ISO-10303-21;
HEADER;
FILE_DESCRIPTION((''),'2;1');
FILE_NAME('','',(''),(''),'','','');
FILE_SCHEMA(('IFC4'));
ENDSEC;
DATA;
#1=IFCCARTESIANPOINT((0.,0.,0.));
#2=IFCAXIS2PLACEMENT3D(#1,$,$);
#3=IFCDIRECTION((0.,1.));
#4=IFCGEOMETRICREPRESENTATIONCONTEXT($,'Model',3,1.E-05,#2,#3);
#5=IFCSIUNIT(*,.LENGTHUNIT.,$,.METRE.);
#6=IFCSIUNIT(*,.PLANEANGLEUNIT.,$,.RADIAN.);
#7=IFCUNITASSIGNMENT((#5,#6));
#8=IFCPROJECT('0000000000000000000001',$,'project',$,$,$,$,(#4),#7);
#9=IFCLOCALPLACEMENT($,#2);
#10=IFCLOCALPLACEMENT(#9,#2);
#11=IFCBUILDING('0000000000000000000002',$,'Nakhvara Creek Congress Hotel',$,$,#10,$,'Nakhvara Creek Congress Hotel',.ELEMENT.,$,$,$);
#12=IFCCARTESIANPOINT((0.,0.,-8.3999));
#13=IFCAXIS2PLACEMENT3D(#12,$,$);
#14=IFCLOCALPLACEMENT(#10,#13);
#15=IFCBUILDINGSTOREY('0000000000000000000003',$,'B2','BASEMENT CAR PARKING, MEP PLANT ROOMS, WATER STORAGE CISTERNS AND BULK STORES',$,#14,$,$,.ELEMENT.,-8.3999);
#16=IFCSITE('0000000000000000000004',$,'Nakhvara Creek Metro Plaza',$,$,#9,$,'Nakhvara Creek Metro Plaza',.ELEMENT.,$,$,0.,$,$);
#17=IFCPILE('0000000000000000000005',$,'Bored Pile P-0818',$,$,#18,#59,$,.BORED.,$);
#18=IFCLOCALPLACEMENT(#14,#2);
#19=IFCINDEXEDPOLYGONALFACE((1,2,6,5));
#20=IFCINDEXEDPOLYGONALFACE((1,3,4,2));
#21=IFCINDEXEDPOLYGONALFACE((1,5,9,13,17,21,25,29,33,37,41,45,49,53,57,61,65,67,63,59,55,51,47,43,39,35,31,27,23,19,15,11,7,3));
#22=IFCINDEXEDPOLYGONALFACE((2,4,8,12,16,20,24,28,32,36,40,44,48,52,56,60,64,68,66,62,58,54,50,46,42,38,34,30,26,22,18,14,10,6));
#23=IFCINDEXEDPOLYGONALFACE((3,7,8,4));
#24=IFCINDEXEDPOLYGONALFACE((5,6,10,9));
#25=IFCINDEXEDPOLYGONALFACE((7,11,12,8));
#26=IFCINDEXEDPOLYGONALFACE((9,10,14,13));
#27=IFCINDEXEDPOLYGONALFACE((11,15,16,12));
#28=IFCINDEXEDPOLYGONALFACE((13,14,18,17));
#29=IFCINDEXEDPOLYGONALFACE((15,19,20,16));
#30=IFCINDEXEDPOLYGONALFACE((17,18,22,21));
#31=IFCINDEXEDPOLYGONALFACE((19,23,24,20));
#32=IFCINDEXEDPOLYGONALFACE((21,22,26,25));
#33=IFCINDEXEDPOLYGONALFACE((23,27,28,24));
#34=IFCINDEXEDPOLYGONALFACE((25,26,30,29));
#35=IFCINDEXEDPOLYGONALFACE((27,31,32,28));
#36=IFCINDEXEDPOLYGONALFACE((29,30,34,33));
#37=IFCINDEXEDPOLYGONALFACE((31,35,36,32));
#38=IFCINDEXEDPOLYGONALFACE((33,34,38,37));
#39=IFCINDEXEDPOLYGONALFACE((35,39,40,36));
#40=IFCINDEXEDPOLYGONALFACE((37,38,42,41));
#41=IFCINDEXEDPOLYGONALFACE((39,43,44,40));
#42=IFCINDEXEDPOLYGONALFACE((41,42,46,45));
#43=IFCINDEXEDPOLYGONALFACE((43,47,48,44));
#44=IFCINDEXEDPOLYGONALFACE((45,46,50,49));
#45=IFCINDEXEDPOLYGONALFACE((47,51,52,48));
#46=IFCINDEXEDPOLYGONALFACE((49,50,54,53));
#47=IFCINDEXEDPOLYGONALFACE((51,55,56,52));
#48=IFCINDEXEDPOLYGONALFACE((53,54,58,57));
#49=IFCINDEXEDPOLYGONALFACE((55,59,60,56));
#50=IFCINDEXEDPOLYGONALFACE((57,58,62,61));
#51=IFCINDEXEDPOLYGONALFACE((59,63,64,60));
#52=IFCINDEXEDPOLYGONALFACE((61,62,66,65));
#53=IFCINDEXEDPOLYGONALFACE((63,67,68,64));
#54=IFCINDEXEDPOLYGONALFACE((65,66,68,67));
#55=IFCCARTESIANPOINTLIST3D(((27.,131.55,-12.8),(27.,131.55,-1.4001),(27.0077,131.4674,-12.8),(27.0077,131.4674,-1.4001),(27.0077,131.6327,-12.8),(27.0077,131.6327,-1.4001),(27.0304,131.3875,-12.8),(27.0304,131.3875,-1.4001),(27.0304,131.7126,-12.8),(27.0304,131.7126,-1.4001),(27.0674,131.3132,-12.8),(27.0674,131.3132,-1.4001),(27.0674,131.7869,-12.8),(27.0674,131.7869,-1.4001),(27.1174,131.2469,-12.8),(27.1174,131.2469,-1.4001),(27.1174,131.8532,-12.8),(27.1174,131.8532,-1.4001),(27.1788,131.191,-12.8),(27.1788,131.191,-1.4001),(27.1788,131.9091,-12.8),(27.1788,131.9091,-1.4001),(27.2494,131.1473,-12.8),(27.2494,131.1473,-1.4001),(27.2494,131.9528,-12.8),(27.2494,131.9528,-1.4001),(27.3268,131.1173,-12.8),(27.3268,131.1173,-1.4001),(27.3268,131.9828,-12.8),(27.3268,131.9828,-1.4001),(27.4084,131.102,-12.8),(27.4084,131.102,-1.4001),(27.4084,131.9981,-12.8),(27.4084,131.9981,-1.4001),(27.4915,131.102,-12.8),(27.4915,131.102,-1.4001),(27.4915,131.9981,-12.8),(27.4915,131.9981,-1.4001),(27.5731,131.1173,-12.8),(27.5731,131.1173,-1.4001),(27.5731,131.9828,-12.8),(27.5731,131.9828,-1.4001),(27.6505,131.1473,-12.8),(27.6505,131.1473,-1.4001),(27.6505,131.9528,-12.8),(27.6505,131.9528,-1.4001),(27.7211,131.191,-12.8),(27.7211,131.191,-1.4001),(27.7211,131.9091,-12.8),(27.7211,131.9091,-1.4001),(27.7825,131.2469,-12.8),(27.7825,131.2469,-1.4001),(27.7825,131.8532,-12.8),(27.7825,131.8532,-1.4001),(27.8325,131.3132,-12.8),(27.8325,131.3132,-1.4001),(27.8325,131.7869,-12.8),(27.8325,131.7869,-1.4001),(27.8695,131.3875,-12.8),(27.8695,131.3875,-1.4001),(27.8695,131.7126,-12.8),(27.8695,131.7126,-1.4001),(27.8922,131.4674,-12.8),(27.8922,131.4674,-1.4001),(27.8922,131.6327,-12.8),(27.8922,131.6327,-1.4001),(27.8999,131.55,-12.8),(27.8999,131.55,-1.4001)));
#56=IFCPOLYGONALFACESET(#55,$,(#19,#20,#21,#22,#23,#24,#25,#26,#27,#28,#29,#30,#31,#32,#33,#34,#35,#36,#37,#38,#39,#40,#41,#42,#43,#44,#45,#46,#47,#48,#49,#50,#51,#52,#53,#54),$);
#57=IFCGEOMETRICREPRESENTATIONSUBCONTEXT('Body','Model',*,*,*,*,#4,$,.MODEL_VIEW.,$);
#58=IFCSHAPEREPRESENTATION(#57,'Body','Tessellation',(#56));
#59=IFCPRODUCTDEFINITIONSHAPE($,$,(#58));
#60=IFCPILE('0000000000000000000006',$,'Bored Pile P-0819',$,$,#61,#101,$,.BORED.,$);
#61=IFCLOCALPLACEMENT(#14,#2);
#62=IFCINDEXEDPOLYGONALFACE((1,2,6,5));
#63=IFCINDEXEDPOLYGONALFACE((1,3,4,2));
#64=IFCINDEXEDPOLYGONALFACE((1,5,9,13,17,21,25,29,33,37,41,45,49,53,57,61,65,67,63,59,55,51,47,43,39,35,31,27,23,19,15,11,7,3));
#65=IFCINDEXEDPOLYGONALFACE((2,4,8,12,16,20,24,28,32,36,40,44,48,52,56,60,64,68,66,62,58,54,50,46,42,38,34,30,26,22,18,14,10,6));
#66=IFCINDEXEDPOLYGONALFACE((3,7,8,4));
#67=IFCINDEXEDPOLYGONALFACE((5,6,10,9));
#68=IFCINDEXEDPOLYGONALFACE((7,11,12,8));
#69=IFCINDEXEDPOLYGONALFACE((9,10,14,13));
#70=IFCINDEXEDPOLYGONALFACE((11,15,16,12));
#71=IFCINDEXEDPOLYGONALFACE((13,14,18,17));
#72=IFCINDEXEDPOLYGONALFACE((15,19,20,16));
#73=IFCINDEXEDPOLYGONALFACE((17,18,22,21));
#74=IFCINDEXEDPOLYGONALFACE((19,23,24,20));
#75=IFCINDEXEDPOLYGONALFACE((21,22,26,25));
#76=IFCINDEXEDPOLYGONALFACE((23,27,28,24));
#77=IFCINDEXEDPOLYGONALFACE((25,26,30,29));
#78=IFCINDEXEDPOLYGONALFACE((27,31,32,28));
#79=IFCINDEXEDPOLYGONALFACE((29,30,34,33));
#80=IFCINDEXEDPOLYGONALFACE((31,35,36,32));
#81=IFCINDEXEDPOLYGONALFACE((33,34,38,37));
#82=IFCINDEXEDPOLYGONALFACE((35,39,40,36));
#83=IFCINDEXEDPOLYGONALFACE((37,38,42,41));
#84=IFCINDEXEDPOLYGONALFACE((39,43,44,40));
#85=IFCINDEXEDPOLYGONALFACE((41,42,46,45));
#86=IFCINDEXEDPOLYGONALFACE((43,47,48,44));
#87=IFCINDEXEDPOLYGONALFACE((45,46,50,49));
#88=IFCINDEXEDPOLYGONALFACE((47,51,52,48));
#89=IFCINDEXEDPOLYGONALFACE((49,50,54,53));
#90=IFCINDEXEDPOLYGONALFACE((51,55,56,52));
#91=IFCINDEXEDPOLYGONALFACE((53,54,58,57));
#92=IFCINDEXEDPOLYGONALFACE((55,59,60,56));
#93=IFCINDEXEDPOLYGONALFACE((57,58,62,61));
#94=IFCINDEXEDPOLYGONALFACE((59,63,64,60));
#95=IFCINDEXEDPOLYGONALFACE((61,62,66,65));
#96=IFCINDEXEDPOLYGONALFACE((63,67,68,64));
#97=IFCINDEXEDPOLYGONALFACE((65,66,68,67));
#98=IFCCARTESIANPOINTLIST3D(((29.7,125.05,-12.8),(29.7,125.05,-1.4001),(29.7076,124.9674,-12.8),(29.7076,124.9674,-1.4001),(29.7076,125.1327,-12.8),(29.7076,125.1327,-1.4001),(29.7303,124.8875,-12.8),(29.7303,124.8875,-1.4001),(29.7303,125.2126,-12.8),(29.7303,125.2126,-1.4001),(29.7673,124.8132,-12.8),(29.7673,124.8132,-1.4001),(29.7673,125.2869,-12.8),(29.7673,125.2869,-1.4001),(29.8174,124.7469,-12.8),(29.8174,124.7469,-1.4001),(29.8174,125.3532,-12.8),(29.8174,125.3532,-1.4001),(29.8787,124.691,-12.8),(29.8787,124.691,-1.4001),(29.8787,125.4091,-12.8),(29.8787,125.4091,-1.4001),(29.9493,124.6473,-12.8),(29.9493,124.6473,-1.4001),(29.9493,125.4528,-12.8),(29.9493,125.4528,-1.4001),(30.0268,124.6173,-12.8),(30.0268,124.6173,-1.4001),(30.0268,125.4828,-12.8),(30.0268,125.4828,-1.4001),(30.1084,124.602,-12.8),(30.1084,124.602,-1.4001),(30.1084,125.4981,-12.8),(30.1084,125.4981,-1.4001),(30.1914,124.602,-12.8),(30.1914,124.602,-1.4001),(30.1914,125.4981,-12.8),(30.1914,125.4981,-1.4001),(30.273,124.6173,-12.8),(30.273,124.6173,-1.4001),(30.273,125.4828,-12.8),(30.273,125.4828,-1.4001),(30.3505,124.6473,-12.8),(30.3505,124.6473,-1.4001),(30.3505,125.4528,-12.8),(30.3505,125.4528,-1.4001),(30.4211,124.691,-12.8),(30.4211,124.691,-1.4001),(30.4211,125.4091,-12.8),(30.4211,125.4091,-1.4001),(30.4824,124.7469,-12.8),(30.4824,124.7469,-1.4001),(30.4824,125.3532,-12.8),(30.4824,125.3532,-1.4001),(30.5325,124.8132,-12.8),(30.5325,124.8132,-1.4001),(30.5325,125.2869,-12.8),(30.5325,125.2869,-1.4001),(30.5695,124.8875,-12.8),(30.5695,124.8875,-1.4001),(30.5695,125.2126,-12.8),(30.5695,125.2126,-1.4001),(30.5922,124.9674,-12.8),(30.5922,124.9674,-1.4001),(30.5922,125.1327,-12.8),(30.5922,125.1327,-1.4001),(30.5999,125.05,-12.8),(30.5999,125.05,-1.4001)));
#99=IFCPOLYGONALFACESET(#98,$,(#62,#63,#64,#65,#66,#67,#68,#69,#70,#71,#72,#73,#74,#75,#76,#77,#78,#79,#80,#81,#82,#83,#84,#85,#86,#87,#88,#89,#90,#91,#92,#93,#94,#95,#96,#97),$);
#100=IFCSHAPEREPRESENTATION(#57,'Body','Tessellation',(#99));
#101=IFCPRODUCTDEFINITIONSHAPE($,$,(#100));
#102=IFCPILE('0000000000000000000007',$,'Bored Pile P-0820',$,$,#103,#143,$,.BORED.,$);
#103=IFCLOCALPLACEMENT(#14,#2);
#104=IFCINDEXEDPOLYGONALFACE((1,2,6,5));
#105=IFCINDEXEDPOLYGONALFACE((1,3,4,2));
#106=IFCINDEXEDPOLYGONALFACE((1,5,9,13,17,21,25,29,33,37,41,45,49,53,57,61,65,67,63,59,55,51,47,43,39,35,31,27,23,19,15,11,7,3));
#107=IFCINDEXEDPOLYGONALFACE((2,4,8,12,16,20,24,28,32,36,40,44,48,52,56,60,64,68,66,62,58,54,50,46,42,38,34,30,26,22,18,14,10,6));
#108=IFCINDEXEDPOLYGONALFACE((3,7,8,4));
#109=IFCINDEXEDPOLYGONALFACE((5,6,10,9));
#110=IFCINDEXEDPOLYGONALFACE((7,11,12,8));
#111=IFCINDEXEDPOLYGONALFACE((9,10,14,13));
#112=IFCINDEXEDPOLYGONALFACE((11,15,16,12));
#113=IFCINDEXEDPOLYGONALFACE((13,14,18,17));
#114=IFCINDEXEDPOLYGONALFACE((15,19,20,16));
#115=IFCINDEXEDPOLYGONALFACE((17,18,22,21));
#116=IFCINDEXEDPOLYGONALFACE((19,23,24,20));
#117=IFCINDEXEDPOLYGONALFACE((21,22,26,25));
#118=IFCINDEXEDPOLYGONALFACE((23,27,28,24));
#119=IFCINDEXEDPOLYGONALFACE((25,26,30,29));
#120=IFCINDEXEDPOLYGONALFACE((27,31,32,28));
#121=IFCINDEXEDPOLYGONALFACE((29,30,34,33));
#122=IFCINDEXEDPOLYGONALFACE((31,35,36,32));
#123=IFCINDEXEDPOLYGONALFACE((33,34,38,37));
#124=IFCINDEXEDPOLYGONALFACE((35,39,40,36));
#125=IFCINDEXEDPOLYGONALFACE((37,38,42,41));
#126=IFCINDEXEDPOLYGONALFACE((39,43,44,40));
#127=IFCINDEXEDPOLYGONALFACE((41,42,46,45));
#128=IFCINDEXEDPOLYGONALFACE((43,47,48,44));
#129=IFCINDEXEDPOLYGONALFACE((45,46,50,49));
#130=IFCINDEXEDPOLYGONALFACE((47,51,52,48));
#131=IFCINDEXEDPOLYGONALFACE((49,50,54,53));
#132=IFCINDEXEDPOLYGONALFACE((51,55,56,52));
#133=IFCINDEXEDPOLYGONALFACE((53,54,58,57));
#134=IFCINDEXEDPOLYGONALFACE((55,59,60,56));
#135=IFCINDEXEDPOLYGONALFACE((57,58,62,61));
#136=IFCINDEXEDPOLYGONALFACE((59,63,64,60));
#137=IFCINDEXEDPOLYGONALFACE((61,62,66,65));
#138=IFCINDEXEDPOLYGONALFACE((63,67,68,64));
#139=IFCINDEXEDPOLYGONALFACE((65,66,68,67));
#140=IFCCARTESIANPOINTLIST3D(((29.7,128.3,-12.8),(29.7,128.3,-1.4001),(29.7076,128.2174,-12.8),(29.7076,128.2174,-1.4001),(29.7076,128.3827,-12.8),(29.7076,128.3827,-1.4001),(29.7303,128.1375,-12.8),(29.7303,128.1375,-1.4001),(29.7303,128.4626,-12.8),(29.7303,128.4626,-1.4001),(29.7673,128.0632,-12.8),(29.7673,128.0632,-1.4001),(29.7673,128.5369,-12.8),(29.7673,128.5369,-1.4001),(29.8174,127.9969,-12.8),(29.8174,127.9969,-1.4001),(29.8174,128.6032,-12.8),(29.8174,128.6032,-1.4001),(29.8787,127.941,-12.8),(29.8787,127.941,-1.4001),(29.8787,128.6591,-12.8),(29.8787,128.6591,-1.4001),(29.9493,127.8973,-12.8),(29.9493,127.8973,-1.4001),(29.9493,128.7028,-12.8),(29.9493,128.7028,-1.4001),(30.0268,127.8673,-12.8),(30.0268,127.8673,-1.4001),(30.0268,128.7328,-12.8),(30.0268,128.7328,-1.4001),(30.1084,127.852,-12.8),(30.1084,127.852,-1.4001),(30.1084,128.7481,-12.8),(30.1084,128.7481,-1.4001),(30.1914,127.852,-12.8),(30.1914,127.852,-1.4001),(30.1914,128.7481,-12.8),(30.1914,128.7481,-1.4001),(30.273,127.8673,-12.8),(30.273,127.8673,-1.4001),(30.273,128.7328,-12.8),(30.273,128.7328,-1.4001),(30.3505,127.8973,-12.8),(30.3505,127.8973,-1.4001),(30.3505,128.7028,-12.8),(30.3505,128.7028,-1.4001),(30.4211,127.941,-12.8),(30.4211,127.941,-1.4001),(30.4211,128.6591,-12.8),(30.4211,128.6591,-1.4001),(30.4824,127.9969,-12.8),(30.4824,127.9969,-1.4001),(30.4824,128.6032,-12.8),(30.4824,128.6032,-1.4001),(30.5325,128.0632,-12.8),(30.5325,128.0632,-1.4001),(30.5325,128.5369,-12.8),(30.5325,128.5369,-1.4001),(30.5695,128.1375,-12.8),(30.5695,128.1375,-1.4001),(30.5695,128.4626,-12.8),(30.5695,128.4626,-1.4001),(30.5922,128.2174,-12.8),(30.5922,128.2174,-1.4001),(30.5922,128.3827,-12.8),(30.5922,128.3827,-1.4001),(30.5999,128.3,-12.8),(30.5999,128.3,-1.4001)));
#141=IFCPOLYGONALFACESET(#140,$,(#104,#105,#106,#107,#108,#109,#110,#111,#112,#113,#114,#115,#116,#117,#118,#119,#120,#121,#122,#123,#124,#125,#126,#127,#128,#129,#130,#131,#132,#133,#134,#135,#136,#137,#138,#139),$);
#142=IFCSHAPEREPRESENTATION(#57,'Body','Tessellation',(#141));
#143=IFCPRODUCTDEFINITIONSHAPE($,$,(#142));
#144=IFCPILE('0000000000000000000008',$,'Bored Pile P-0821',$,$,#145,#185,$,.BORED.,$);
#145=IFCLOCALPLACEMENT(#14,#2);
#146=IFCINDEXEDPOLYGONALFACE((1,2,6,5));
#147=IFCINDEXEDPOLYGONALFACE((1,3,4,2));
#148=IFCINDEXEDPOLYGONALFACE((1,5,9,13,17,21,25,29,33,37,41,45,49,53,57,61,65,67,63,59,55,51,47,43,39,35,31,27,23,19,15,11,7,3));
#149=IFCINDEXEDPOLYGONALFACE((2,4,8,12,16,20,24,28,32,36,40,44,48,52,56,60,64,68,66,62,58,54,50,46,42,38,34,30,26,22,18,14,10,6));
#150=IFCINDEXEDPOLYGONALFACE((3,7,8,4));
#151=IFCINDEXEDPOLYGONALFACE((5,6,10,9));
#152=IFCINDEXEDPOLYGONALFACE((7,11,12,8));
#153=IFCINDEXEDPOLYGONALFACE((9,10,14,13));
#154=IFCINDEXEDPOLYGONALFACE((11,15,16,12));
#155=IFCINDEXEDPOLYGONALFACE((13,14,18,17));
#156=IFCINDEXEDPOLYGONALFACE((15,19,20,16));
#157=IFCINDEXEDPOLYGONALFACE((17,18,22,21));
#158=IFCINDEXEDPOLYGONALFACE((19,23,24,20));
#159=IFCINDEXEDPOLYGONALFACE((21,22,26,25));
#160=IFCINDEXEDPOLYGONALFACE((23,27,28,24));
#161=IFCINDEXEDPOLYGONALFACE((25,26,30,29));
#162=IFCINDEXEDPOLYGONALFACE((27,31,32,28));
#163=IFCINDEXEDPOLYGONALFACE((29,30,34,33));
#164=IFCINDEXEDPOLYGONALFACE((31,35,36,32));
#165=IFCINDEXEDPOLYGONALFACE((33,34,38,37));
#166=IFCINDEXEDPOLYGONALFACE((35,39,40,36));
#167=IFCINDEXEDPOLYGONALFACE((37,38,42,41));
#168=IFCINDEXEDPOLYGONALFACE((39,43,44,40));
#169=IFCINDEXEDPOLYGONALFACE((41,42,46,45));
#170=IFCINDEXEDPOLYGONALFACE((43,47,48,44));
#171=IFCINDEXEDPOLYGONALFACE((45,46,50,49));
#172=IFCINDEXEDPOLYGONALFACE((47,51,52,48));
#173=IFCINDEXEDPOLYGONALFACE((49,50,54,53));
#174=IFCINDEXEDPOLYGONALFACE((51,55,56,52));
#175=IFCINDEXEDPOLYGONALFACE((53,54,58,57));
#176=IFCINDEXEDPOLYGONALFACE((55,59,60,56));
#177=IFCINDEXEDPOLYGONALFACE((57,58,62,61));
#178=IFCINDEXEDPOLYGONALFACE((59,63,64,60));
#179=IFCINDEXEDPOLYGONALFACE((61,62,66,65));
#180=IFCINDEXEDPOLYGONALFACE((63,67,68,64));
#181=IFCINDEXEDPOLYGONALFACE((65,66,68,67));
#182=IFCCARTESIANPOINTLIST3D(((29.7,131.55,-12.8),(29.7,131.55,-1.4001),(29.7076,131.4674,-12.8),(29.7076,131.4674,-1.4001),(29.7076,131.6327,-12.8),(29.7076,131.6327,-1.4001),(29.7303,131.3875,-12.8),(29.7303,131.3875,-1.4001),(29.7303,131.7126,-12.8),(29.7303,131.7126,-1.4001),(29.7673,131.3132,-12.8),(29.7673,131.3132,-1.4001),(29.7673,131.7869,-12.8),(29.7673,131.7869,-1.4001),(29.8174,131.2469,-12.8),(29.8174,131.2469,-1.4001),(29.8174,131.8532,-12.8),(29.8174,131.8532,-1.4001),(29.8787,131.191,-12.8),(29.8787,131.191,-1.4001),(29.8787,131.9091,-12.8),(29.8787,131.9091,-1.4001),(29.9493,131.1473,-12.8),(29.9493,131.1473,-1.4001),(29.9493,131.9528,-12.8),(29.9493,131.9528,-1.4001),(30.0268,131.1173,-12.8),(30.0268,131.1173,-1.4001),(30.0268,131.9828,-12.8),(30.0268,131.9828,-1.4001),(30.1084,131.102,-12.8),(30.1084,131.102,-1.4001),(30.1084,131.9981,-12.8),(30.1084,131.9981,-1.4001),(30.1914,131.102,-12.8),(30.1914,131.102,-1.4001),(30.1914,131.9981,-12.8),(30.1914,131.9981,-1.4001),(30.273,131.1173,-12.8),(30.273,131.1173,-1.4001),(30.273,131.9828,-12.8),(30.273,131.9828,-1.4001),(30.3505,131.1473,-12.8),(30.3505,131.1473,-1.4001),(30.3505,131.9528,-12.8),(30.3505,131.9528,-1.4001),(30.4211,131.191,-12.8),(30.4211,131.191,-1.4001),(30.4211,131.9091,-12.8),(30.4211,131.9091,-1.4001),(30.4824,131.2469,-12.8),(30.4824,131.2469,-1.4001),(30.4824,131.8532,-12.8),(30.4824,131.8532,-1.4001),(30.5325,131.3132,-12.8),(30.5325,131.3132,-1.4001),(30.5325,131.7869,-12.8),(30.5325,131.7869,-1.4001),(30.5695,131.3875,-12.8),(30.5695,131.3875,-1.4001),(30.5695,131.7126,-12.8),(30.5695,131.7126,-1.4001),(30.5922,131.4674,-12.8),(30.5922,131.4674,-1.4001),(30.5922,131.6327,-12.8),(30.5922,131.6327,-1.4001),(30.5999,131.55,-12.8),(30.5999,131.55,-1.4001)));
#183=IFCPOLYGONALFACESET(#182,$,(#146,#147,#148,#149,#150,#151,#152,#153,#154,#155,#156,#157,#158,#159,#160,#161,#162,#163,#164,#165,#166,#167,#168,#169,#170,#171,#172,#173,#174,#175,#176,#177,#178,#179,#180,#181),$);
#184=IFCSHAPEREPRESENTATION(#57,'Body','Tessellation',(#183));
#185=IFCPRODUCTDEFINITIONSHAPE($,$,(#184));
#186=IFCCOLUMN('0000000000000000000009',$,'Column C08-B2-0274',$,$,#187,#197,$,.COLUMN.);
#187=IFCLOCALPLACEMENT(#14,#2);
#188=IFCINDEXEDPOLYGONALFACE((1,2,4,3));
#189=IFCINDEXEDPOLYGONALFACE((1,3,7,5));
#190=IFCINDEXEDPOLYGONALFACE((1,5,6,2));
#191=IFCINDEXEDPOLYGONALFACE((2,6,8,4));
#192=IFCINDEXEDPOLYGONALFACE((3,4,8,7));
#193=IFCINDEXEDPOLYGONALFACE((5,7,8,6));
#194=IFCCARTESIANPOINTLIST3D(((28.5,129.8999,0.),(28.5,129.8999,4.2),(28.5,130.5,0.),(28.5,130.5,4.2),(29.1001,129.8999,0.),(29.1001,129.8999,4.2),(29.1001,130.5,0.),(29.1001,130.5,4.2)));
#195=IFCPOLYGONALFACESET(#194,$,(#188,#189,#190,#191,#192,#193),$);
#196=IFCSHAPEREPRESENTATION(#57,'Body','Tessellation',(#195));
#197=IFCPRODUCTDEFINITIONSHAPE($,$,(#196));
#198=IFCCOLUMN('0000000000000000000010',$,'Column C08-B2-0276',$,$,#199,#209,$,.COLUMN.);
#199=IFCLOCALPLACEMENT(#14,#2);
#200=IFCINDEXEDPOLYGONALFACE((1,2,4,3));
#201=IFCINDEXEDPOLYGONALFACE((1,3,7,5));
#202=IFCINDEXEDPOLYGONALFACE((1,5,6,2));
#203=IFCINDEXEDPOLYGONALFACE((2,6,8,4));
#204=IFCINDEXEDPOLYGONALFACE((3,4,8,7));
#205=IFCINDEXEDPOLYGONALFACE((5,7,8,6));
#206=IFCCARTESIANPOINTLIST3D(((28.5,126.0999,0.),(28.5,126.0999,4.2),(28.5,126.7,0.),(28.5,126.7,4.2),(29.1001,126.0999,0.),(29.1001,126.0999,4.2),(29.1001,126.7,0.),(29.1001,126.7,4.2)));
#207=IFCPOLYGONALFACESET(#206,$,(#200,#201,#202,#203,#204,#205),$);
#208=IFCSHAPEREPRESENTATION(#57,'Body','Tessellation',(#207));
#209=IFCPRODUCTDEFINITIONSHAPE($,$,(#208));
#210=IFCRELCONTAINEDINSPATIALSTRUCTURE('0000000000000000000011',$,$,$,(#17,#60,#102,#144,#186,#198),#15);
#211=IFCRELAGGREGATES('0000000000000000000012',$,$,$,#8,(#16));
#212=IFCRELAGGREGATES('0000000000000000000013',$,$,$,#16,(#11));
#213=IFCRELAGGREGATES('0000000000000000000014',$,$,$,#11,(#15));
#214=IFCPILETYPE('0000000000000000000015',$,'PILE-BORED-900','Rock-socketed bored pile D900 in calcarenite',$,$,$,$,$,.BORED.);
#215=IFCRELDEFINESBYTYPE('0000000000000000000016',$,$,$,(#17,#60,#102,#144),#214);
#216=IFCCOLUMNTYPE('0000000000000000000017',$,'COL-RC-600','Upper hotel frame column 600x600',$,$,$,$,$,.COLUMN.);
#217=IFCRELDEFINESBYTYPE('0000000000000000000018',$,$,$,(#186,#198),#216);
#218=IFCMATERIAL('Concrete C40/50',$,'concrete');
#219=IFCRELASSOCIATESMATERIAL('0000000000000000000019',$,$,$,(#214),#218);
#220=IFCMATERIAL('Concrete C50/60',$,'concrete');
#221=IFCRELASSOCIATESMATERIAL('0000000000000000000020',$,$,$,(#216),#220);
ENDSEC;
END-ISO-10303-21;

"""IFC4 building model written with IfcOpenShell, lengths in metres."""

from ifc_helpers import new_model, si_unit, direction, frame, origin, origin_2d, place, context, subcontext, project, spatial, rectangle, circle, extrude, material, material_profile, profile_set, type_object, element, save


model = new_model("IFC4")

# Units and contexts
model_context = context("Model", 3, precision=1e-05, world=origin(), true_north=direction((0.0, 1.0)))
body_context = subcontext(model_context, "Body", "Model", "MODEL_VIEW")
ifc_project = project(units=[si_unit("LENGTHUNIT", "METRE"), si_unit("PLANEANGLEUNIT", "RADIAN")], contexts=[model_context])

# Site, building, storey
site_placement = place(None, origin())
site = spatial("IfcSite", under=ifc_project, at=site_placement, Name="Nakhvara Creek Metro Plaza", LongName="Nakhvara Creek Metro Plaza", CompositionType="ELEMENT", RefElevation=0.0)
building_placement = place(site_placement, origin())
building = spatial("IfcBuilding", under=site, at=building_placement, Name="Nakhvara Creek Congress Hotel", LongName="Nakhvara Creek Congress Hotel", CompositionType="ELEMENT")
storey_placement = place(building_placement, frame((0.0, 0.0, -8.3999)))
storey = spatial("IfcBuildingStorey", under=building, at=storey_placement, Name="B2", Description="BASEMENT CAR PARKING, MEP PLANT ROOMS, WATER STORAGE CISTERNS AND BULK STORES", CompositionType="ELEMENT", Elevation=-8.3999)

# Shared definitions
ifc_material_1 = material(Name="Concrete C40/50", Category="concrete")

# Piles
ifc_material_profile_1 = material_profile(ifc_material_1, circle(Radius=0.45, at=origin_2d()), Name="BORED PILE D900", Category="LoadBearing")
ifc_profile_set_1 = profile_set([ifc_material_profile_1], Name="Concrete C40/50")
pile_type = type_object("IfcPileType", Name="PILE-BORED-900", Description="Rock-socketed bored pile D900 in calcarenite", PredefinedType="BORED", material=ifc_profile_set_1)
for number, where, z_axis, x_axis, name in (
    (1, (27.45, 131.55, -1.4001), (0.0, 0.0, -1.0), (1.0, 0.0, 0.0), "Bored Pile P-0818"),
    (2, (30.1499, 125.05, -1.4001), (0.0, 0.0, -1.0), (1.0, 0.0, 0.0), "Bored Pile P-0819"),
    (3, (30.1499, 128.3, -1.4001), (0.0, 0.0, -1.0), (1.0, 0.0, 0.0), "Bored Pile P-0820"),
    (4, (30.1499, 131.55, -1.4001), (0.0, 0.0, -1.0), (1.0, 0.0, 0.0), "Bored Pile P-0821"),
):
    element("IfcPile", number, at=place(storey_placement, frame(where, z_axis=z_axis, x_axis=x_axis)), inside=storey, type_object=pile_type, Name=name, PredefinedType="BORED", context=body_context, shape_type="SweptSolid", body=[
        extrude(circle(Radius=0.45, at=origin_2d()), origin(), (0.0, 0.0, 1.0), 11.3999),
    ])

# Columns
ifc_material_2 = material(Name="Concrete C50/60", Category="concrete")
ifc_material_profile_2 = material_profile(ifc_material_2, rectangle(XDim=0.6001, YDim=0.6001, at=origin_2d()), Name="RC-COL 600x600", Category="LoadBearing")
ifc_profile_set_2 = profile_set([ifc_material_profile_2], Name="Concrete C50/60")
column_type = type_object("IfcColumnType", Name="COL-RC-600", Description="Upper hotel frame column 600x600", PredefinedType="COLUMN", material=ifc_profile_set_2)
for number, where, z_axis, x_axis, name in (
    (5, (28.8, 130.2, 0.0), (0.0, 0.0, 1.0), (1.0, 0.0, 0.0), "Column C08-B2-0274"),
    (6, (28.8, 126.3999, 0.0), (0.0, 0.0, 1.0), (1.0, 0.0, 0.0), "Column C08-B2-0276"),
):
    element("IfcColumn", number, at=place(storey_placement, frame(where, z_axis=z_axis, x_axis=x_axis)), inside=storey, type_object=column_type, Name=name, PredefinedType="COLUMN", context=body_context, shape_type="SweptSolid", body=[
        extrude(rectangle(XDim=0.6001, YDim=0.6001, at=origin_2d()), origin(), (0.0, 0.0, 1.0), 4.2),
    ])

save(model, "model.ifc")
